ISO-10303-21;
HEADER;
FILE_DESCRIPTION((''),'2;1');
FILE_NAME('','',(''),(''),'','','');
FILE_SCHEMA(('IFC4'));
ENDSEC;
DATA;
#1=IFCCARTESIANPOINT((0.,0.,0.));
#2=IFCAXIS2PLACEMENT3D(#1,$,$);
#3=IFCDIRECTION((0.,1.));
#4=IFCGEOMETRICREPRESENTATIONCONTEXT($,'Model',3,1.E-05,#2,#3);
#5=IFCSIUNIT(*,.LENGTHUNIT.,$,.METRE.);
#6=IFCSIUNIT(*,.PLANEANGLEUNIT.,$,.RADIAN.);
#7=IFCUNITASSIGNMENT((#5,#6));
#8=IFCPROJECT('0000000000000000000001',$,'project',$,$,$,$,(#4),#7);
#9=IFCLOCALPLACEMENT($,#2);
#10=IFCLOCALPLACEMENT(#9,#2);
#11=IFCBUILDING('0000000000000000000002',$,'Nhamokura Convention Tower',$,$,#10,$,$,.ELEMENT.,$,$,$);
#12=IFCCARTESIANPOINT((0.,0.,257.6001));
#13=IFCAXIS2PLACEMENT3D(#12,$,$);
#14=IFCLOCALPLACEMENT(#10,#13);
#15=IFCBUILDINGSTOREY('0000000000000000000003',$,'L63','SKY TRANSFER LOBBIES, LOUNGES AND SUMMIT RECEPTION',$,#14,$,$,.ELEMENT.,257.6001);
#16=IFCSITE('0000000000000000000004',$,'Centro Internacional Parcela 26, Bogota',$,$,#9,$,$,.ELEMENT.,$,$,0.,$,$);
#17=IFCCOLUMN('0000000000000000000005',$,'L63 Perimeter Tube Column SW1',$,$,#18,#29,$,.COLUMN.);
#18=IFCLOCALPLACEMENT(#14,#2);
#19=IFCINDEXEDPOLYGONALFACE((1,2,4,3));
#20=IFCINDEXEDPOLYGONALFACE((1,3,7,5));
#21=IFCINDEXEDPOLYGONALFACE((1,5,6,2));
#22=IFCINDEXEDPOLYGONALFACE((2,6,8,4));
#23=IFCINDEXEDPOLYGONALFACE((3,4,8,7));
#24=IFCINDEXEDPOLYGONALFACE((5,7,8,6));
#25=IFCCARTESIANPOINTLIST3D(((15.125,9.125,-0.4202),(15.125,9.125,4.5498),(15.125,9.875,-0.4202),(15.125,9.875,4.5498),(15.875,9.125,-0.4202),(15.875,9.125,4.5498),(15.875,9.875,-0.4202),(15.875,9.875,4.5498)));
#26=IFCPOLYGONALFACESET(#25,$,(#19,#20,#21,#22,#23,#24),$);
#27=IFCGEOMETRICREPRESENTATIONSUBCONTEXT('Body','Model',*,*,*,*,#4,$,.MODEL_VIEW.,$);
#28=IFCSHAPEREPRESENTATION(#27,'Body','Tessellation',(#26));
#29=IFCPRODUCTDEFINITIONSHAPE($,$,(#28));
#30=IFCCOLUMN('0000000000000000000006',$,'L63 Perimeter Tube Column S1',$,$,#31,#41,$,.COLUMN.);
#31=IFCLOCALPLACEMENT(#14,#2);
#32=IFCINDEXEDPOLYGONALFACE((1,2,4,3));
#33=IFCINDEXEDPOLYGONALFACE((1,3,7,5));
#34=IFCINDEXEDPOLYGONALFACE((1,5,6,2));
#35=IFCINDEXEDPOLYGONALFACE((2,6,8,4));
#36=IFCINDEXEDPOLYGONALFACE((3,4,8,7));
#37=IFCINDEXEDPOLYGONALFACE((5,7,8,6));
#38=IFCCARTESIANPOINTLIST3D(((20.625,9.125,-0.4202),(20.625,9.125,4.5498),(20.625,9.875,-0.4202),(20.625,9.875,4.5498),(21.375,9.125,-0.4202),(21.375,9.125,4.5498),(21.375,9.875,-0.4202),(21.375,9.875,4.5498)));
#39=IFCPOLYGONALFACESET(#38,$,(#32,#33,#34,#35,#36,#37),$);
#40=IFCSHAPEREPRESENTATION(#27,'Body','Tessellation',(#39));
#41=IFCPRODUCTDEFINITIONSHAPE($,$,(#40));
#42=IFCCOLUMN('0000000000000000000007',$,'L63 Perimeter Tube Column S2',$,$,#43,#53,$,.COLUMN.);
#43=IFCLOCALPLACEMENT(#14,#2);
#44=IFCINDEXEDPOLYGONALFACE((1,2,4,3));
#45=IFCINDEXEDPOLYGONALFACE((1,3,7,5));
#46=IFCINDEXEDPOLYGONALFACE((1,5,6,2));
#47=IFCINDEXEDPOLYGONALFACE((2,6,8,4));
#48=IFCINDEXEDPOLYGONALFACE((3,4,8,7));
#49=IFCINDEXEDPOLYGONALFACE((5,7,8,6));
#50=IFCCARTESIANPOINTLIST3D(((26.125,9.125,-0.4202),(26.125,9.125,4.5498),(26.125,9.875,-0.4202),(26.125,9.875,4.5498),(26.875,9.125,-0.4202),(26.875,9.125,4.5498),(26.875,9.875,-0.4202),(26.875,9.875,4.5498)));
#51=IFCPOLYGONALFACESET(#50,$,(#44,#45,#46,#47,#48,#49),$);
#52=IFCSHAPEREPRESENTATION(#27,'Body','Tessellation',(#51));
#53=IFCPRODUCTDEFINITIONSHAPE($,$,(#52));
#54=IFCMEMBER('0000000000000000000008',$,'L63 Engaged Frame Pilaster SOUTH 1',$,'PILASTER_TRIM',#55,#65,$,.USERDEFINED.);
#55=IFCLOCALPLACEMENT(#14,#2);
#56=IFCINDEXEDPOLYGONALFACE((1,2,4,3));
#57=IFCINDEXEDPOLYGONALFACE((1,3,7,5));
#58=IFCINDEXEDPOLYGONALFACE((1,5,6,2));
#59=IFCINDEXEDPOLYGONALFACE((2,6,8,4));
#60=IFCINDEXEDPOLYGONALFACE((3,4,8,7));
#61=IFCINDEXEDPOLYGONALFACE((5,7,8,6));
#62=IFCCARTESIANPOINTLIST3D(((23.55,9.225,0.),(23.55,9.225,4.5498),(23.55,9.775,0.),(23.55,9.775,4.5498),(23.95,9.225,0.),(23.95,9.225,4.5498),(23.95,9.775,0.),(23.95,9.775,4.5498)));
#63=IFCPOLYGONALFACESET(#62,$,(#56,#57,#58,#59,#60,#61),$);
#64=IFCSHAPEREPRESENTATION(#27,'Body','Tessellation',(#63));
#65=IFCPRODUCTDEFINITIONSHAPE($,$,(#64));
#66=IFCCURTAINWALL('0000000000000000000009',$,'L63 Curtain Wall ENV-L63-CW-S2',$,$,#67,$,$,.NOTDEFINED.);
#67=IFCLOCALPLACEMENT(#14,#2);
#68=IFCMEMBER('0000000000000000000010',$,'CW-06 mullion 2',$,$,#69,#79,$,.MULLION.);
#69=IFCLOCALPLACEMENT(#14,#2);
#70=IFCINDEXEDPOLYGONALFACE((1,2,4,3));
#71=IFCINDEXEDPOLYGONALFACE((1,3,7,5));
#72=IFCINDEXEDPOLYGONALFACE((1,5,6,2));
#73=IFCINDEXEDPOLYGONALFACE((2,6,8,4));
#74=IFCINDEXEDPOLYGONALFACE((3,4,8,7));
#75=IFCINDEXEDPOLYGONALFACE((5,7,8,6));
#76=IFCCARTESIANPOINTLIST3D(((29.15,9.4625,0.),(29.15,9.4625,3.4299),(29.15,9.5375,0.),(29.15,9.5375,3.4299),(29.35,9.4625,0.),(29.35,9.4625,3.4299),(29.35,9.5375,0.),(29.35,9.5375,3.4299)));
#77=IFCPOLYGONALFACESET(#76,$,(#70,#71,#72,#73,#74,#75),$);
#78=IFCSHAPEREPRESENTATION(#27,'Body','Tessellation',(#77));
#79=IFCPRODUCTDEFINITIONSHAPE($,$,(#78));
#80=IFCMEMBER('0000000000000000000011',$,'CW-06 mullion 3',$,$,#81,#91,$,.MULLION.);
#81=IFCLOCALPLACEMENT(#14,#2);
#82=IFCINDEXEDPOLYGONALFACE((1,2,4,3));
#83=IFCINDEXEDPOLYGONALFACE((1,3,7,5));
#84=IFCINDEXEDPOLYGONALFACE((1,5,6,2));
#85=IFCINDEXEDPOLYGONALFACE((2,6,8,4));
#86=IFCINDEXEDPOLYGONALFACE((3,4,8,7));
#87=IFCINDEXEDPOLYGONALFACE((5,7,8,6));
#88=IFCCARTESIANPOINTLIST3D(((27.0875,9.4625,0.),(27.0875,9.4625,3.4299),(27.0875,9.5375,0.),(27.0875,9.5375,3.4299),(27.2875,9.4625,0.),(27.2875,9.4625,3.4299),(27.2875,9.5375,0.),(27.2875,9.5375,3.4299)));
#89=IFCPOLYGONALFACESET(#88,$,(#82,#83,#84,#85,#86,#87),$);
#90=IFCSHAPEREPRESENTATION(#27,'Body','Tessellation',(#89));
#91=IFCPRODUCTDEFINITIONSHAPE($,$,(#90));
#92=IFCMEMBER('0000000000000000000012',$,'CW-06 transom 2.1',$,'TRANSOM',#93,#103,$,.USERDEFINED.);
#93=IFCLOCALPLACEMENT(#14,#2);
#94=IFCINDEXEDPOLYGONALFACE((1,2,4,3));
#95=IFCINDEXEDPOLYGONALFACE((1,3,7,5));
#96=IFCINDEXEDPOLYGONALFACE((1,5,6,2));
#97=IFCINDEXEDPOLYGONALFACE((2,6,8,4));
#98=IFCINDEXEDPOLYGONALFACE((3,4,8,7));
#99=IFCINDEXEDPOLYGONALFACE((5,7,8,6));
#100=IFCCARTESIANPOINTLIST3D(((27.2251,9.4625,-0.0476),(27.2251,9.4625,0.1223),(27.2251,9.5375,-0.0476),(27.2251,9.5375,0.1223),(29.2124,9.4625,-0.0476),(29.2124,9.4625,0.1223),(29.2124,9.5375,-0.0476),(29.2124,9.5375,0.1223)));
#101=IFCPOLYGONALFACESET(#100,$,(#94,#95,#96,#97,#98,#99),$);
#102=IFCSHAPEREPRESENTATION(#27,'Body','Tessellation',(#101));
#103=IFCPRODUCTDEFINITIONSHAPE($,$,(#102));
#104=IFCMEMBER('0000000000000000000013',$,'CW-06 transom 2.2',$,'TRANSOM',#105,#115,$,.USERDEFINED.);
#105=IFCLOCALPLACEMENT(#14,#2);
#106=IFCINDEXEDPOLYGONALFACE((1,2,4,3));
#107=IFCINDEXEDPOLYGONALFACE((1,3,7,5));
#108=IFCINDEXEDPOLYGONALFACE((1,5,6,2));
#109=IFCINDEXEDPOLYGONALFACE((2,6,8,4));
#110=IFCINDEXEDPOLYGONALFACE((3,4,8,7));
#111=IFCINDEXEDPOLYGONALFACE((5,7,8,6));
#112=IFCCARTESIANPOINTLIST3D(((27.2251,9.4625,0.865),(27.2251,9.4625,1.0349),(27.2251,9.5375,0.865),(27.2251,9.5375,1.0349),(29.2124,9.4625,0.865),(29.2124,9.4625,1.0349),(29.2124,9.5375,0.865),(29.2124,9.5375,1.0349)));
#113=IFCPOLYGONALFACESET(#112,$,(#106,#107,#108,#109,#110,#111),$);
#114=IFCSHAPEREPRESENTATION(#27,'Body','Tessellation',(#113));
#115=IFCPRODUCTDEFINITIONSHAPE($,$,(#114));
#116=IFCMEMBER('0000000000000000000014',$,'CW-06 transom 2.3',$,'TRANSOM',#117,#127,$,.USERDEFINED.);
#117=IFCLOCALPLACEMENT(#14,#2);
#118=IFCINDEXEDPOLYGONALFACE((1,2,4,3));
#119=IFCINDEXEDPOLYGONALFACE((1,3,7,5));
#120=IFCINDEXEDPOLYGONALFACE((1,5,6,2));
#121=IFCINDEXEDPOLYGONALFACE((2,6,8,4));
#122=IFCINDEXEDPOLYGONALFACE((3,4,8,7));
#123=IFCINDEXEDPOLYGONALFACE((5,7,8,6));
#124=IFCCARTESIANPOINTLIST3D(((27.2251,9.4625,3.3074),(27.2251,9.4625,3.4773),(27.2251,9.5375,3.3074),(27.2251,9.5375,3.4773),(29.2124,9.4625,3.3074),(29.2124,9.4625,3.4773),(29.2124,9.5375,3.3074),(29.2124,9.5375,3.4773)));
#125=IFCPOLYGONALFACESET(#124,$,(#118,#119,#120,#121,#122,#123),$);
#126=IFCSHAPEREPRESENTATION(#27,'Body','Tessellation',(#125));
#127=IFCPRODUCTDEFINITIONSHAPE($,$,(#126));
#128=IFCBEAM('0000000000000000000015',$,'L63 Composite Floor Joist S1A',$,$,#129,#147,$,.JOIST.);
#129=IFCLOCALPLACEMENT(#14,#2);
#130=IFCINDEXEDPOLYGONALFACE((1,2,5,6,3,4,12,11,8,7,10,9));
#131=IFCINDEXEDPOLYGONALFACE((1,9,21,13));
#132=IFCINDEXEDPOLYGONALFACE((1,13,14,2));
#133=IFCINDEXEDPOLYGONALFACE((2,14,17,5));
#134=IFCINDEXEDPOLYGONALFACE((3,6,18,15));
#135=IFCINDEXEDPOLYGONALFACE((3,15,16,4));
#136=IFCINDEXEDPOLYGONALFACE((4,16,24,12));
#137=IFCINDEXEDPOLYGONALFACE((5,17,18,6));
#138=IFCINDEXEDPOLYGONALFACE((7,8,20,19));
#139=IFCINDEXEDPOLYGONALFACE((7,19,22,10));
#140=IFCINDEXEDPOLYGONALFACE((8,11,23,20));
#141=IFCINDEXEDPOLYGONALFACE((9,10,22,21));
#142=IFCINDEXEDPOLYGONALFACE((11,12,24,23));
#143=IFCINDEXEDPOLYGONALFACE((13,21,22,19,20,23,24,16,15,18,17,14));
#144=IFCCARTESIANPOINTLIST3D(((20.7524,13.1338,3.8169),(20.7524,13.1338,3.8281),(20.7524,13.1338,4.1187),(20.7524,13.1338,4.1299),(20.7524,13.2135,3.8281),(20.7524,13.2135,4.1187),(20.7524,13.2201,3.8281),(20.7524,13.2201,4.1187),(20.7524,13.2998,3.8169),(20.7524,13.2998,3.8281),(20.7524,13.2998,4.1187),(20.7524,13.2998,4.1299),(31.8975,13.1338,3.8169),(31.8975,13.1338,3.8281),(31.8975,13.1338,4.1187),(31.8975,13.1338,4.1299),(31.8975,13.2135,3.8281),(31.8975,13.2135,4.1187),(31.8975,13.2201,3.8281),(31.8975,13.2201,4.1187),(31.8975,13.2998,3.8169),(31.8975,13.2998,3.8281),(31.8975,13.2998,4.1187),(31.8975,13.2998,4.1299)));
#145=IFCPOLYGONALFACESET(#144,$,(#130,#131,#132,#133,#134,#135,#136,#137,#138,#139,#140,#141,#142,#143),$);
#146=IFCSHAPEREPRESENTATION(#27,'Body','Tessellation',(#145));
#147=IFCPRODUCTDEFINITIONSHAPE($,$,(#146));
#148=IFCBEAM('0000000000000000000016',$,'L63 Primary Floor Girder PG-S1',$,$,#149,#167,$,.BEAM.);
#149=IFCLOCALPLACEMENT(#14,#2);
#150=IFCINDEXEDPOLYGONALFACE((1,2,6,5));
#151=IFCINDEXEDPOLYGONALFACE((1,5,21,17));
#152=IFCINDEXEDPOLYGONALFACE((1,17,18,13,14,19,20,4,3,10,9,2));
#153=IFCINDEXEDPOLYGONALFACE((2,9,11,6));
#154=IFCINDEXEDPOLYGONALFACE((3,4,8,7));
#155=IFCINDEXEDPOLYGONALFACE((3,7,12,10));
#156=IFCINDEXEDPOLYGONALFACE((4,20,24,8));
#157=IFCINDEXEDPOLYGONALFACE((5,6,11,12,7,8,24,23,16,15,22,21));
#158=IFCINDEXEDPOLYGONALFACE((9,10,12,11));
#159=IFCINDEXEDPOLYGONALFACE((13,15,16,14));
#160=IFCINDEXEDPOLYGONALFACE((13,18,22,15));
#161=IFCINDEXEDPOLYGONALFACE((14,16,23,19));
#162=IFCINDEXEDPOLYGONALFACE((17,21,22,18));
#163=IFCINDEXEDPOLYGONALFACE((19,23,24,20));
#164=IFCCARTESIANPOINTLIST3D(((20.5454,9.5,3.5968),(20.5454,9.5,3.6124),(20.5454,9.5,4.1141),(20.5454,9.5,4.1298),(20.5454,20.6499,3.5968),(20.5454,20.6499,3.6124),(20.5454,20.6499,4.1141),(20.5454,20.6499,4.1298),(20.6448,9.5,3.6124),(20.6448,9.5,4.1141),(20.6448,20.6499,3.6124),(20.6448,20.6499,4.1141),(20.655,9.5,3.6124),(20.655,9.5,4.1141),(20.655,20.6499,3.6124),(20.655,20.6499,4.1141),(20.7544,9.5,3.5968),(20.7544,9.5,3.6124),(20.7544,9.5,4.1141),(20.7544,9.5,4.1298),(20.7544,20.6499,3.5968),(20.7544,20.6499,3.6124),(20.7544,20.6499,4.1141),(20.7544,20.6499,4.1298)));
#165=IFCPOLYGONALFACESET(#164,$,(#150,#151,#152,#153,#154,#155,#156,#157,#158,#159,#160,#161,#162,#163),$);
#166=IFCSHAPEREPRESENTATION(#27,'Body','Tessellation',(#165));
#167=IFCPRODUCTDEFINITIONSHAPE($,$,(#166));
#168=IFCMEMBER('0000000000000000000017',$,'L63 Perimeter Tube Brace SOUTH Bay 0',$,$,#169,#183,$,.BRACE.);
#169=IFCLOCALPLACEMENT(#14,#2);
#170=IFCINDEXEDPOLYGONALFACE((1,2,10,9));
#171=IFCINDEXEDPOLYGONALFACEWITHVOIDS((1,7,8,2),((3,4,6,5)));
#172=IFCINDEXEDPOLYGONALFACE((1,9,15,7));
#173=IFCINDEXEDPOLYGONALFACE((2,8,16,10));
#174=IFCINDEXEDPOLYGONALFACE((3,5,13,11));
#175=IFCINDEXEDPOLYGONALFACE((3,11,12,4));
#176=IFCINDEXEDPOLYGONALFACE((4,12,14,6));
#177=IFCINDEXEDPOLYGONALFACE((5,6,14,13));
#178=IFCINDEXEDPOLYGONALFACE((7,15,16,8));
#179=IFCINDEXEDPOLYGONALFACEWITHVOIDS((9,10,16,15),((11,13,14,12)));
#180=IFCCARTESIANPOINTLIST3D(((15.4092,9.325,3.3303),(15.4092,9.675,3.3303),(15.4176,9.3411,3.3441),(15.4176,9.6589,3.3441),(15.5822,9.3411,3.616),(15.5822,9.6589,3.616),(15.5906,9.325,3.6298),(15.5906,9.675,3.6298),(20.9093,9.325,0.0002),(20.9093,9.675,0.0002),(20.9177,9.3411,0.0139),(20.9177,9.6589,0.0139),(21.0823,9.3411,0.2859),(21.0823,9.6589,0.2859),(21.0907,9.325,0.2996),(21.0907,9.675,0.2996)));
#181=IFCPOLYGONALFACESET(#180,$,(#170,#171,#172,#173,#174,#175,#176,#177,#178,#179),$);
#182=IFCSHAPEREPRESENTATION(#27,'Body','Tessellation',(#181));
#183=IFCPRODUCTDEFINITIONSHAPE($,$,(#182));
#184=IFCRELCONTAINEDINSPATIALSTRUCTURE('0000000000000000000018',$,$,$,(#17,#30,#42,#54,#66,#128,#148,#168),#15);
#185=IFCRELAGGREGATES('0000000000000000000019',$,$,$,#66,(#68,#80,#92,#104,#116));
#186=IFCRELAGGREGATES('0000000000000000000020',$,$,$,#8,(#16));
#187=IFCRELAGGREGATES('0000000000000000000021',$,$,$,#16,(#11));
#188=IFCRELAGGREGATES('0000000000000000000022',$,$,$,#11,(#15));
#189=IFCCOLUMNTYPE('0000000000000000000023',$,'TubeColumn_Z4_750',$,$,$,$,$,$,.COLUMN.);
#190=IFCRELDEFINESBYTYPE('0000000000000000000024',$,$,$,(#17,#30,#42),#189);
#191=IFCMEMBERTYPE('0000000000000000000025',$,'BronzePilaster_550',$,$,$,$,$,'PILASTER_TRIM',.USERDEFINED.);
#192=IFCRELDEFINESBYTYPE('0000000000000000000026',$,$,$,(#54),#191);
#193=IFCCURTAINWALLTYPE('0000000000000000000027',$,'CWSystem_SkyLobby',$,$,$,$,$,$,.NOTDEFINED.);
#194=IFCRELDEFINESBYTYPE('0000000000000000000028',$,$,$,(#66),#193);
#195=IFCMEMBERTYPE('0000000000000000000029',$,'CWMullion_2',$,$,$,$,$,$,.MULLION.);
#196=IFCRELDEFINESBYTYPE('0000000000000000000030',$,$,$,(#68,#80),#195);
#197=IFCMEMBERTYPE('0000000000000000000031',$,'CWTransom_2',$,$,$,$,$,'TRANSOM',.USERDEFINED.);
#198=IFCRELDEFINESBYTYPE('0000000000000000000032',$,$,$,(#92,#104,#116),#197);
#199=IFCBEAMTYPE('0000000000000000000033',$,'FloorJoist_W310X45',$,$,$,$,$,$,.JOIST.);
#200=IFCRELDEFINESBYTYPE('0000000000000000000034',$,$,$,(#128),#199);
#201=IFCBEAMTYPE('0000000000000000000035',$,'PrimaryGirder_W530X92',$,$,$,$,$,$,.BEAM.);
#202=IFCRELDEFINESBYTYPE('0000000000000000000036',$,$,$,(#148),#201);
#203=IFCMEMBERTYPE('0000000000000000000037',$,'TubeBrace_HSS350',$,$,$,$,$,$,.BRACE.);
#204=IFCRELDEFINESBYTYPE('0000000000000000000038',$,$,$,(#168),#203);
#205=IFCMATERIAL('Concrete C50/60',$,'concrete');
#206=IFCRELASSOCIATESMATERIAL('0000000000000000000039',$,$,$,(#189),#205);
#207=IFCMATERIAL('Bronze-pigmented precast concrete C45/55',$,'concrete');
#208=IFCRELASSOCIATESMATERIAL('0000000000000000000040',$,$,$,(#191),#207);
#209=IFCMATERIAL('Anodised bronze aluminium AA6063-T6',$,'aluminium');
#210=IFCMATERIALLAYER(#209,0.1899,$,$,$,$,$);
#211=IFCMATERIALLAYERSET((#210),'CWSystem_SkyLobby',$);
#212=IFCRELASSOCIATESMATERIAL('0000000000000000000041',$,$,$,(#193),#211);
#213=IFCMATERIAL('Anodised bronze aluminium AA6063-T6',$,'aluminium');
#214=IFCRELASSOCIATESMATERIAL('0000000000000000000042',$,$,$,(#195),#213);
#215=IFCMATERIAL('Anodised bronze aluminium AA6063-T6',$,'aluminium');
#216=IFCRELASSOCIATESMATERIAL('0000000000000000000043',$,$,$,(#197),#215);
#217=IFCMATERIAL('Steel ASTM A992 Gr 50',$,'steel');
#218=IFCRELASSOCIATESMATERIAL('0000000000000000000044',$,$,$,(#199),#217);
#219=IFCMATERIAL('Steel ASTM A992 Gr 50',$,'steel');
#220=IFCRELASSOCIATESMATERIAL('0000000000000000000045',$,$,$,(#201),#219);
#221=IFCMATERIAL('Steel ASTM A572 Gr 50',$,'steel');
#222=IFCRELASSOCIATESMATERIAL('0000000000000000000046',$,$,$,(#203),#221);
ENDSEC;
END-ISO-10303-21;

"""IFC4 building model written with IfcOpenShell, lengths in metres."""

from ifc_helpers import new_model, si_unit, direction, frame, origin, origin_2d, place, context, subcontext, project, spatial, rectangle, hollow_rectangle, i_section, extrude, material, layer, layer_set, material_profile, profile_set, type_object, element, aggregate, save


model = new_model("IFC4")

# Units and contexts
model_context = context("Model", 3, precision=1e-05, world=origin(), true_north=direction((0.0, 1.0)))
body_context = subcontext(model_context, "Body", "Model", "MODEL_VIEW")
ifc_project = project(units=[si_unit("LENGTHUNIT", "METRE"), si_unit("PLANEANGLEUNIT", "RADIAN")], contexts=[model_context])

# Site, building, storey
site_placement = place(None, origin())
site = spatial("IfcSite", under=ifc_project, at=site_placement, Name="Centro Internacional Parcela 26, Bogota", CompositionType="ELEMENT", RefElevation=0.0)
building_placement = place(site_placement, origin())
building = spatial("IfcBuilding", under=site, at=building_placement, Name="Nhamokura Convention Tower", CompositionType="ELEMENT")
storey_placement = place(building_placement, frame((0.0, 0.0, 257.6001)))
storey = spatial("IfcBuildingStorey", under=building, at=storey_placement, Name="L63", Description="SKY TRANSFER LOBBIES, LOUNGES AND SUMMIT RECEPTION", CompositionType="ELEMENT", Elevation=257.6001)

# Columns
ifc_material_1 = material(Name="Concrete C50/60", Category="concrete")
ifc_material_profile_1 = material_profile(ifc_material_1, rectangle(XDim=0.75, YDim=0.75, at=origin_2d()))
ifc_profile_set_1 = profile_set([ifc_material_profile_1], Name="Concrete C50/60")
column_type = type_object("IfcColumnType", Name="TubeColumn_Z4_750", PredefinedType="COLUMN", material=ifc_profile_set_1)
for number, where, z_axis, x_axis, name in (
    (1, (15.5, 9.5, -0.4202), (0.0, 0.0, 1.0), (1.0, 0.0, 0.0), "L63 Perimeter Tube Column SW1"),
    (2, (21.0, 9.5, -0.4202), (0.0, 0.0, 1.0), (1.0, 0.0, 0.0), "L63 Perimeter Tube Column S1"),
    (3, (26.5, 9.5, -0.4202), (0.0, 0.0, 1.0), (1.0, 0.0, 0.0), "L63 Perimeter Tube Column S2"),
):
    element("IfcColumn", number, at=place(storey_placement, frame(where, z_axis=z_axis, x_axis=x_axis)), inside=storey, type_object=column_type, Name=name, PredefinedType="COLUMN", context=body_context, shape_type="SweptSolid", body=[
        extrude(rectangle(XDim=0.75, YDim=0.75, at=origin_2d()), origin(), (0.0, 0.0, 1.0), 4.97),
    ])

# Member
ifc_material_2 = material(Name="Bronze-pigmented precast concrete C45/55", Category="concrete")
ifc_material_profile_2 = material_profile(ifc_material_2, rectangle(XDim=0.3999, YDim=0.55, at=origin_2d()))
ifc_profile_set_2 = profile_set([ifc_material_profile_2], Name="Bronze-pigmented precast concrete C45/55")
member_type_1 = type_object("IfcMemberType", Name="BronzePilaster_550", ElementType="PILASTER_TRIM", PredefinedType="USERDEFINED", material=ifc_profile_set_2)
member_1_placement = place(storey_placement, frame((23.75, 9.5, 0.0), z_axis=(0.0, 0.0, 1.0), x_axis=(1.0, 0.0, 0.0)))
element("IfcMember", 4, at=member_1_placement, inside=storey, type_object=member_type_1, Name="L63 Engaged Frame Pilaster SOUTH 1", ObjectType="PILASTER_TRIM", PredefinedType="USERDEFINED", context=body_context, shape_type="SweptSolid", body=[
    extrude(rectangle(XDim=0.3999, YDim=0.55, at=origin_2d()), origin(), (0.0, 0.0, 1.0), 4.5498),
])

# Curtain wall, members
ifc_material_3 = material(Name="Anodised bronze aluminium AA6063-T6", Category="aluminium")
ifc_layer_1 = layer(ifc_material_3, 0.1899)
ifc_layer_set_1 = layer_set([ifc_layer_1], Name="CWSystem_SkyLobby")
curtain_wall_type = type_object("IfcCurtainWallType", Name="CWSystem_SkyLobby", PredefinedType="NOTDEFINED", material=ifc_layer_set_1)
curtain_wall_placement = place(storey_placement, origin())
curtain_wall = element("IfcCurtainWall", 5, at=curtain_wall_placement, inside=storey, type_object=curtain_wall_type, Name="L63 Curtain Wall ENV-L63-CW-S2", PredefinedType="NOTDEFINED")
ifc_material_4 = material(Name="Anodised bronze aluminium AA6063-T6", Category="aluminium")
ifc_material_profile_3 = material_profile(ifc_material_4, rectangle(XDim=0.075, YDim=0.2, at=origin_2d()))
ifc_profile_set_3 = profile_set([ifc_material_profile_3], Name="Anodised bronze aluminium AA6063-T6")
member_type_2 = type_object("IfcMemberType", Name="CWMullion_2", PredefinedType="MULLION", material=ifc_profile_set_3)
member_2_placement = place(storey_placement, frame((29.25, 9.5, 0.0), z_axis=(0.0, 0.0, 1.0), x_axis=(0.0, -1.0, 0.0)))
member_2 = element("IfcMember", 6, at=member_2_placement, type_object=member_type_2, Name="CW-06 mullion 2", PredefinedType="MULLION", context=body_context, shape_type="SweptSolid", body=[
    extrude(rectangle(XDim=0.075, YDim=0.2, at=origin_2d()), origin(), (0.0, 0.0, 1.0), 3.4299),
])
member_3_placement = place(storey_placement, frame((27.1875, 9.5, 0.0), z_axis=(0.0, 0.0, 1.0), x_axis=(0.0, -1.0, 0.0)))
member_3 = element("IfcMember", 7, at=member_3_placement, type_object=member_type_2, Name="CW-06 mullion 3", PredefinedType="MULLION", context=body_context, shape_type="SweptSolid", body=[
    extrude(rectangle(XDim=0.075, YDim=0.2, at=origin_2d()), origin(), (0.0, 0.0, 1.0), 3.4299),
])
ifc_material_5 = material(Name="Anodised bronze aluminium AA6063-T6", Category="aluminium")
ifc_material_profile_4 = material_profile(ifc_material_5, rectangle(XDim=0.075, YDim=0.1699, at=origin_2d()))
ifc_profile_set_4 = profile_set([ifc_material_profile_4], Name="Anodised bronze aluminium AA6063-T6")
member_type_3 = type_object("IfcMemberType", Name="CWTransom_2", ElementType="TRANSOM", PredefinedType="USERDEFINED", material=ifc_profile_set_4)
member_4_placement = place(storey_placement, frame((29.2124, 9.5, 0.0374), z_axis=(-1.0, 0.0, 0.0), x_axis=(0.0, -1.0, 0.0)))
member_4 = element("IfcMember", 8, at=member_4_placement, type_object=member_type_3, Name="CW-06 transom 2.1", ObjectType="TRANSOM", PredefinedType="USERDEFINED", context=body_context, shape_type="SweptSolid", body=[
    extrude(rectangle(XDim=0.075, YDim=0.1699, at=origin_2d()), origin(), (0.0, 0.0, 1.0), 1.9873),
])
member_5_placement = place(storey_placement, frame((29.2124, 9.5, 0.95), z_axis=(-1.0, 0.0, 0.0), x_axis=(0.0, -1.0, 0.0)))
member_5 = element("IfcMember", 9, at=member_5_placement, type_object=member_type_3, Name="CW-06 transom 2.2", ObjectType="TRANSOM", PredefinedType="USERDEFINED", context=body_context, shape_type="SweptSolid", body=[
    extrude(rectangle(XDim=0.075, YDim=0.1699, at=origin_2d()), origin(), (0.0, 0.0, 1.0), 1.9873),
])
member_6_placement = place(storey_placement, frame((29.2124, 9.5, 3.3923), z_axis=(-1.0, 0.0, 0.0), x_axis=(0.0, -1.0, 0.0)))
member_6 = element("IfcMember", 10, at=member_6_placement, type_object=member_type_3, Name="CW-06 transom 2.3", ObjectType="TRANSOM", PredefinedType="USERDEFINED", context=body_context, shape_type="SweptSolid", body=[
    extrude(rectangle(XDim=0.075, YDim=0.1699, at=origin_2d()), origin(), (0.0, 0.0, 1.0), 1.9873),
])

# Beams
ifc_material_6 = material(Name="Steel ASTM A992 Gr 50", Category="steel")
ifc_material_profile_5 = material_profile(ifc_material_6, i_section(OverallWidth=0.166, OverallDepth=0.313, WebThickness=0.0066, FlangeThickness=0.0112, at=origin_2d()))
ifc_profile_set_5 = profile_set([ifc_material_profile_5], Name="Steel ASTM A992 Gr 50")
beam_type_1 = type_object("IfcBeamType", Name="FloorJoist_W310X45", PredefinedType="JOIST", material=ifc_profile_set_5)
beam_1_placement = place(storey_placement, frame((20.7524, 13.2168, 3.9734), z_axis=(1.0, 0.0, 0.0), x_axis=(0.0, 1.0, 0.0)))
element("IfcBeam", 11, at=beam_1_placement, inside=storey, type_object=beam_type_1, Name="L63 Composite Floor Joist S1A", PredefinedType="JOIST", context=body_context, shape_type="SweptSolid", body=[
    extrude(i_section(OverallWidth=0.166, OverallDepth=0.313, WebThickness=0.0066, FlangeThickness=0.0112, at=origin_2d()), origin(), (0.0, 0.0, 1.0), 11.145),
])
ifc_material_7 = material(Name="Steel ASTM A992 Gr 50", Category="steel")
ifc_material_profile_6 = material_profile(ifc_material_7, i_section(OverallWidth=0.209, OverallDepth=0.533, WebThickness=0.0103, FlangeThickness=0.0156, at=origin_2d()))
ifc_profile_set_6 = profile_set([ifc_material_profile_6], Name="Steel ASTM A992 Gr 50")
beam_type_2 = type_object("IfcBeamType", Name="PrimaryGirder_W530X92", PredefinedType="BEAM", material=ifc_profile_set_6)
beam_2_placement = place(storey_placement, frame((20.6499, 9.5, 3.8633), z_axis=(0.0, 1.0, 0.0), x_axis=(-1.0, 0.0, 0.0)))
element("IfcBeam", 12, at=beam_2_placement, inside=storey, type_object=beam_type_2, Name="L63 Primary Floor Girder PG-S1", PredefinedType="BEAM", context=body_context, shape_type="SweptSolid", body=[
    extrude(i_section(OverallWidth=0.209, OverallDepth=0.533, WebThickness=0.0103, FlangeThickness=0.0156, at=origin_2d()), origin(), (0.0, 0.0, 1.0), 11.1499),
])

# Member
ifc_material_8 = material(Name="Steel ASTM A572 Gr 50", Category="steel")
ifc_material_profile_7 = material_profile(ifc_material_8, hollow_rectangle(XDim=0.3501, YDim=0.3501, WallThickness=0.0161, at=origin_2d()))
ifc_profile_set_7 = profile_set([ifc_material_profile_7], Name="Steel ASTM A572 Gr 50")
member_type_4 = type_object("IfcMemberType", Name="TubeBrace_HSS350", PredefinedType="BRACE", material=ifc_profile_set_7)
member_7_placement = place(storey_placement, frame((21.0, 9.5, 0.1499), z_axis=(-0.855422, 0.0, 0.517931), x_axis=(0.0, -1.0, 0.0)))
element("IfcMember", 13, at=member_7_placement, inside=storey, type_object=member_type_4, Name="L63 Perimeter Tube Brace SOUTH Bay 0", PredefinedType="BRACE", context=body_context, shape_type="SweptSolid", body=[
    extrude(hollow_rectangle(XDim=0.3501, YDim=0.3501, WallThickness=0.0161, at=origin_2d()), origin(), (0.0, 0.0, 1.0), 6.4297),
])

aggregate(curtain_wall, [member_2, member_3, member_4, member_5, member_6])

save(model, "model.ifc")
